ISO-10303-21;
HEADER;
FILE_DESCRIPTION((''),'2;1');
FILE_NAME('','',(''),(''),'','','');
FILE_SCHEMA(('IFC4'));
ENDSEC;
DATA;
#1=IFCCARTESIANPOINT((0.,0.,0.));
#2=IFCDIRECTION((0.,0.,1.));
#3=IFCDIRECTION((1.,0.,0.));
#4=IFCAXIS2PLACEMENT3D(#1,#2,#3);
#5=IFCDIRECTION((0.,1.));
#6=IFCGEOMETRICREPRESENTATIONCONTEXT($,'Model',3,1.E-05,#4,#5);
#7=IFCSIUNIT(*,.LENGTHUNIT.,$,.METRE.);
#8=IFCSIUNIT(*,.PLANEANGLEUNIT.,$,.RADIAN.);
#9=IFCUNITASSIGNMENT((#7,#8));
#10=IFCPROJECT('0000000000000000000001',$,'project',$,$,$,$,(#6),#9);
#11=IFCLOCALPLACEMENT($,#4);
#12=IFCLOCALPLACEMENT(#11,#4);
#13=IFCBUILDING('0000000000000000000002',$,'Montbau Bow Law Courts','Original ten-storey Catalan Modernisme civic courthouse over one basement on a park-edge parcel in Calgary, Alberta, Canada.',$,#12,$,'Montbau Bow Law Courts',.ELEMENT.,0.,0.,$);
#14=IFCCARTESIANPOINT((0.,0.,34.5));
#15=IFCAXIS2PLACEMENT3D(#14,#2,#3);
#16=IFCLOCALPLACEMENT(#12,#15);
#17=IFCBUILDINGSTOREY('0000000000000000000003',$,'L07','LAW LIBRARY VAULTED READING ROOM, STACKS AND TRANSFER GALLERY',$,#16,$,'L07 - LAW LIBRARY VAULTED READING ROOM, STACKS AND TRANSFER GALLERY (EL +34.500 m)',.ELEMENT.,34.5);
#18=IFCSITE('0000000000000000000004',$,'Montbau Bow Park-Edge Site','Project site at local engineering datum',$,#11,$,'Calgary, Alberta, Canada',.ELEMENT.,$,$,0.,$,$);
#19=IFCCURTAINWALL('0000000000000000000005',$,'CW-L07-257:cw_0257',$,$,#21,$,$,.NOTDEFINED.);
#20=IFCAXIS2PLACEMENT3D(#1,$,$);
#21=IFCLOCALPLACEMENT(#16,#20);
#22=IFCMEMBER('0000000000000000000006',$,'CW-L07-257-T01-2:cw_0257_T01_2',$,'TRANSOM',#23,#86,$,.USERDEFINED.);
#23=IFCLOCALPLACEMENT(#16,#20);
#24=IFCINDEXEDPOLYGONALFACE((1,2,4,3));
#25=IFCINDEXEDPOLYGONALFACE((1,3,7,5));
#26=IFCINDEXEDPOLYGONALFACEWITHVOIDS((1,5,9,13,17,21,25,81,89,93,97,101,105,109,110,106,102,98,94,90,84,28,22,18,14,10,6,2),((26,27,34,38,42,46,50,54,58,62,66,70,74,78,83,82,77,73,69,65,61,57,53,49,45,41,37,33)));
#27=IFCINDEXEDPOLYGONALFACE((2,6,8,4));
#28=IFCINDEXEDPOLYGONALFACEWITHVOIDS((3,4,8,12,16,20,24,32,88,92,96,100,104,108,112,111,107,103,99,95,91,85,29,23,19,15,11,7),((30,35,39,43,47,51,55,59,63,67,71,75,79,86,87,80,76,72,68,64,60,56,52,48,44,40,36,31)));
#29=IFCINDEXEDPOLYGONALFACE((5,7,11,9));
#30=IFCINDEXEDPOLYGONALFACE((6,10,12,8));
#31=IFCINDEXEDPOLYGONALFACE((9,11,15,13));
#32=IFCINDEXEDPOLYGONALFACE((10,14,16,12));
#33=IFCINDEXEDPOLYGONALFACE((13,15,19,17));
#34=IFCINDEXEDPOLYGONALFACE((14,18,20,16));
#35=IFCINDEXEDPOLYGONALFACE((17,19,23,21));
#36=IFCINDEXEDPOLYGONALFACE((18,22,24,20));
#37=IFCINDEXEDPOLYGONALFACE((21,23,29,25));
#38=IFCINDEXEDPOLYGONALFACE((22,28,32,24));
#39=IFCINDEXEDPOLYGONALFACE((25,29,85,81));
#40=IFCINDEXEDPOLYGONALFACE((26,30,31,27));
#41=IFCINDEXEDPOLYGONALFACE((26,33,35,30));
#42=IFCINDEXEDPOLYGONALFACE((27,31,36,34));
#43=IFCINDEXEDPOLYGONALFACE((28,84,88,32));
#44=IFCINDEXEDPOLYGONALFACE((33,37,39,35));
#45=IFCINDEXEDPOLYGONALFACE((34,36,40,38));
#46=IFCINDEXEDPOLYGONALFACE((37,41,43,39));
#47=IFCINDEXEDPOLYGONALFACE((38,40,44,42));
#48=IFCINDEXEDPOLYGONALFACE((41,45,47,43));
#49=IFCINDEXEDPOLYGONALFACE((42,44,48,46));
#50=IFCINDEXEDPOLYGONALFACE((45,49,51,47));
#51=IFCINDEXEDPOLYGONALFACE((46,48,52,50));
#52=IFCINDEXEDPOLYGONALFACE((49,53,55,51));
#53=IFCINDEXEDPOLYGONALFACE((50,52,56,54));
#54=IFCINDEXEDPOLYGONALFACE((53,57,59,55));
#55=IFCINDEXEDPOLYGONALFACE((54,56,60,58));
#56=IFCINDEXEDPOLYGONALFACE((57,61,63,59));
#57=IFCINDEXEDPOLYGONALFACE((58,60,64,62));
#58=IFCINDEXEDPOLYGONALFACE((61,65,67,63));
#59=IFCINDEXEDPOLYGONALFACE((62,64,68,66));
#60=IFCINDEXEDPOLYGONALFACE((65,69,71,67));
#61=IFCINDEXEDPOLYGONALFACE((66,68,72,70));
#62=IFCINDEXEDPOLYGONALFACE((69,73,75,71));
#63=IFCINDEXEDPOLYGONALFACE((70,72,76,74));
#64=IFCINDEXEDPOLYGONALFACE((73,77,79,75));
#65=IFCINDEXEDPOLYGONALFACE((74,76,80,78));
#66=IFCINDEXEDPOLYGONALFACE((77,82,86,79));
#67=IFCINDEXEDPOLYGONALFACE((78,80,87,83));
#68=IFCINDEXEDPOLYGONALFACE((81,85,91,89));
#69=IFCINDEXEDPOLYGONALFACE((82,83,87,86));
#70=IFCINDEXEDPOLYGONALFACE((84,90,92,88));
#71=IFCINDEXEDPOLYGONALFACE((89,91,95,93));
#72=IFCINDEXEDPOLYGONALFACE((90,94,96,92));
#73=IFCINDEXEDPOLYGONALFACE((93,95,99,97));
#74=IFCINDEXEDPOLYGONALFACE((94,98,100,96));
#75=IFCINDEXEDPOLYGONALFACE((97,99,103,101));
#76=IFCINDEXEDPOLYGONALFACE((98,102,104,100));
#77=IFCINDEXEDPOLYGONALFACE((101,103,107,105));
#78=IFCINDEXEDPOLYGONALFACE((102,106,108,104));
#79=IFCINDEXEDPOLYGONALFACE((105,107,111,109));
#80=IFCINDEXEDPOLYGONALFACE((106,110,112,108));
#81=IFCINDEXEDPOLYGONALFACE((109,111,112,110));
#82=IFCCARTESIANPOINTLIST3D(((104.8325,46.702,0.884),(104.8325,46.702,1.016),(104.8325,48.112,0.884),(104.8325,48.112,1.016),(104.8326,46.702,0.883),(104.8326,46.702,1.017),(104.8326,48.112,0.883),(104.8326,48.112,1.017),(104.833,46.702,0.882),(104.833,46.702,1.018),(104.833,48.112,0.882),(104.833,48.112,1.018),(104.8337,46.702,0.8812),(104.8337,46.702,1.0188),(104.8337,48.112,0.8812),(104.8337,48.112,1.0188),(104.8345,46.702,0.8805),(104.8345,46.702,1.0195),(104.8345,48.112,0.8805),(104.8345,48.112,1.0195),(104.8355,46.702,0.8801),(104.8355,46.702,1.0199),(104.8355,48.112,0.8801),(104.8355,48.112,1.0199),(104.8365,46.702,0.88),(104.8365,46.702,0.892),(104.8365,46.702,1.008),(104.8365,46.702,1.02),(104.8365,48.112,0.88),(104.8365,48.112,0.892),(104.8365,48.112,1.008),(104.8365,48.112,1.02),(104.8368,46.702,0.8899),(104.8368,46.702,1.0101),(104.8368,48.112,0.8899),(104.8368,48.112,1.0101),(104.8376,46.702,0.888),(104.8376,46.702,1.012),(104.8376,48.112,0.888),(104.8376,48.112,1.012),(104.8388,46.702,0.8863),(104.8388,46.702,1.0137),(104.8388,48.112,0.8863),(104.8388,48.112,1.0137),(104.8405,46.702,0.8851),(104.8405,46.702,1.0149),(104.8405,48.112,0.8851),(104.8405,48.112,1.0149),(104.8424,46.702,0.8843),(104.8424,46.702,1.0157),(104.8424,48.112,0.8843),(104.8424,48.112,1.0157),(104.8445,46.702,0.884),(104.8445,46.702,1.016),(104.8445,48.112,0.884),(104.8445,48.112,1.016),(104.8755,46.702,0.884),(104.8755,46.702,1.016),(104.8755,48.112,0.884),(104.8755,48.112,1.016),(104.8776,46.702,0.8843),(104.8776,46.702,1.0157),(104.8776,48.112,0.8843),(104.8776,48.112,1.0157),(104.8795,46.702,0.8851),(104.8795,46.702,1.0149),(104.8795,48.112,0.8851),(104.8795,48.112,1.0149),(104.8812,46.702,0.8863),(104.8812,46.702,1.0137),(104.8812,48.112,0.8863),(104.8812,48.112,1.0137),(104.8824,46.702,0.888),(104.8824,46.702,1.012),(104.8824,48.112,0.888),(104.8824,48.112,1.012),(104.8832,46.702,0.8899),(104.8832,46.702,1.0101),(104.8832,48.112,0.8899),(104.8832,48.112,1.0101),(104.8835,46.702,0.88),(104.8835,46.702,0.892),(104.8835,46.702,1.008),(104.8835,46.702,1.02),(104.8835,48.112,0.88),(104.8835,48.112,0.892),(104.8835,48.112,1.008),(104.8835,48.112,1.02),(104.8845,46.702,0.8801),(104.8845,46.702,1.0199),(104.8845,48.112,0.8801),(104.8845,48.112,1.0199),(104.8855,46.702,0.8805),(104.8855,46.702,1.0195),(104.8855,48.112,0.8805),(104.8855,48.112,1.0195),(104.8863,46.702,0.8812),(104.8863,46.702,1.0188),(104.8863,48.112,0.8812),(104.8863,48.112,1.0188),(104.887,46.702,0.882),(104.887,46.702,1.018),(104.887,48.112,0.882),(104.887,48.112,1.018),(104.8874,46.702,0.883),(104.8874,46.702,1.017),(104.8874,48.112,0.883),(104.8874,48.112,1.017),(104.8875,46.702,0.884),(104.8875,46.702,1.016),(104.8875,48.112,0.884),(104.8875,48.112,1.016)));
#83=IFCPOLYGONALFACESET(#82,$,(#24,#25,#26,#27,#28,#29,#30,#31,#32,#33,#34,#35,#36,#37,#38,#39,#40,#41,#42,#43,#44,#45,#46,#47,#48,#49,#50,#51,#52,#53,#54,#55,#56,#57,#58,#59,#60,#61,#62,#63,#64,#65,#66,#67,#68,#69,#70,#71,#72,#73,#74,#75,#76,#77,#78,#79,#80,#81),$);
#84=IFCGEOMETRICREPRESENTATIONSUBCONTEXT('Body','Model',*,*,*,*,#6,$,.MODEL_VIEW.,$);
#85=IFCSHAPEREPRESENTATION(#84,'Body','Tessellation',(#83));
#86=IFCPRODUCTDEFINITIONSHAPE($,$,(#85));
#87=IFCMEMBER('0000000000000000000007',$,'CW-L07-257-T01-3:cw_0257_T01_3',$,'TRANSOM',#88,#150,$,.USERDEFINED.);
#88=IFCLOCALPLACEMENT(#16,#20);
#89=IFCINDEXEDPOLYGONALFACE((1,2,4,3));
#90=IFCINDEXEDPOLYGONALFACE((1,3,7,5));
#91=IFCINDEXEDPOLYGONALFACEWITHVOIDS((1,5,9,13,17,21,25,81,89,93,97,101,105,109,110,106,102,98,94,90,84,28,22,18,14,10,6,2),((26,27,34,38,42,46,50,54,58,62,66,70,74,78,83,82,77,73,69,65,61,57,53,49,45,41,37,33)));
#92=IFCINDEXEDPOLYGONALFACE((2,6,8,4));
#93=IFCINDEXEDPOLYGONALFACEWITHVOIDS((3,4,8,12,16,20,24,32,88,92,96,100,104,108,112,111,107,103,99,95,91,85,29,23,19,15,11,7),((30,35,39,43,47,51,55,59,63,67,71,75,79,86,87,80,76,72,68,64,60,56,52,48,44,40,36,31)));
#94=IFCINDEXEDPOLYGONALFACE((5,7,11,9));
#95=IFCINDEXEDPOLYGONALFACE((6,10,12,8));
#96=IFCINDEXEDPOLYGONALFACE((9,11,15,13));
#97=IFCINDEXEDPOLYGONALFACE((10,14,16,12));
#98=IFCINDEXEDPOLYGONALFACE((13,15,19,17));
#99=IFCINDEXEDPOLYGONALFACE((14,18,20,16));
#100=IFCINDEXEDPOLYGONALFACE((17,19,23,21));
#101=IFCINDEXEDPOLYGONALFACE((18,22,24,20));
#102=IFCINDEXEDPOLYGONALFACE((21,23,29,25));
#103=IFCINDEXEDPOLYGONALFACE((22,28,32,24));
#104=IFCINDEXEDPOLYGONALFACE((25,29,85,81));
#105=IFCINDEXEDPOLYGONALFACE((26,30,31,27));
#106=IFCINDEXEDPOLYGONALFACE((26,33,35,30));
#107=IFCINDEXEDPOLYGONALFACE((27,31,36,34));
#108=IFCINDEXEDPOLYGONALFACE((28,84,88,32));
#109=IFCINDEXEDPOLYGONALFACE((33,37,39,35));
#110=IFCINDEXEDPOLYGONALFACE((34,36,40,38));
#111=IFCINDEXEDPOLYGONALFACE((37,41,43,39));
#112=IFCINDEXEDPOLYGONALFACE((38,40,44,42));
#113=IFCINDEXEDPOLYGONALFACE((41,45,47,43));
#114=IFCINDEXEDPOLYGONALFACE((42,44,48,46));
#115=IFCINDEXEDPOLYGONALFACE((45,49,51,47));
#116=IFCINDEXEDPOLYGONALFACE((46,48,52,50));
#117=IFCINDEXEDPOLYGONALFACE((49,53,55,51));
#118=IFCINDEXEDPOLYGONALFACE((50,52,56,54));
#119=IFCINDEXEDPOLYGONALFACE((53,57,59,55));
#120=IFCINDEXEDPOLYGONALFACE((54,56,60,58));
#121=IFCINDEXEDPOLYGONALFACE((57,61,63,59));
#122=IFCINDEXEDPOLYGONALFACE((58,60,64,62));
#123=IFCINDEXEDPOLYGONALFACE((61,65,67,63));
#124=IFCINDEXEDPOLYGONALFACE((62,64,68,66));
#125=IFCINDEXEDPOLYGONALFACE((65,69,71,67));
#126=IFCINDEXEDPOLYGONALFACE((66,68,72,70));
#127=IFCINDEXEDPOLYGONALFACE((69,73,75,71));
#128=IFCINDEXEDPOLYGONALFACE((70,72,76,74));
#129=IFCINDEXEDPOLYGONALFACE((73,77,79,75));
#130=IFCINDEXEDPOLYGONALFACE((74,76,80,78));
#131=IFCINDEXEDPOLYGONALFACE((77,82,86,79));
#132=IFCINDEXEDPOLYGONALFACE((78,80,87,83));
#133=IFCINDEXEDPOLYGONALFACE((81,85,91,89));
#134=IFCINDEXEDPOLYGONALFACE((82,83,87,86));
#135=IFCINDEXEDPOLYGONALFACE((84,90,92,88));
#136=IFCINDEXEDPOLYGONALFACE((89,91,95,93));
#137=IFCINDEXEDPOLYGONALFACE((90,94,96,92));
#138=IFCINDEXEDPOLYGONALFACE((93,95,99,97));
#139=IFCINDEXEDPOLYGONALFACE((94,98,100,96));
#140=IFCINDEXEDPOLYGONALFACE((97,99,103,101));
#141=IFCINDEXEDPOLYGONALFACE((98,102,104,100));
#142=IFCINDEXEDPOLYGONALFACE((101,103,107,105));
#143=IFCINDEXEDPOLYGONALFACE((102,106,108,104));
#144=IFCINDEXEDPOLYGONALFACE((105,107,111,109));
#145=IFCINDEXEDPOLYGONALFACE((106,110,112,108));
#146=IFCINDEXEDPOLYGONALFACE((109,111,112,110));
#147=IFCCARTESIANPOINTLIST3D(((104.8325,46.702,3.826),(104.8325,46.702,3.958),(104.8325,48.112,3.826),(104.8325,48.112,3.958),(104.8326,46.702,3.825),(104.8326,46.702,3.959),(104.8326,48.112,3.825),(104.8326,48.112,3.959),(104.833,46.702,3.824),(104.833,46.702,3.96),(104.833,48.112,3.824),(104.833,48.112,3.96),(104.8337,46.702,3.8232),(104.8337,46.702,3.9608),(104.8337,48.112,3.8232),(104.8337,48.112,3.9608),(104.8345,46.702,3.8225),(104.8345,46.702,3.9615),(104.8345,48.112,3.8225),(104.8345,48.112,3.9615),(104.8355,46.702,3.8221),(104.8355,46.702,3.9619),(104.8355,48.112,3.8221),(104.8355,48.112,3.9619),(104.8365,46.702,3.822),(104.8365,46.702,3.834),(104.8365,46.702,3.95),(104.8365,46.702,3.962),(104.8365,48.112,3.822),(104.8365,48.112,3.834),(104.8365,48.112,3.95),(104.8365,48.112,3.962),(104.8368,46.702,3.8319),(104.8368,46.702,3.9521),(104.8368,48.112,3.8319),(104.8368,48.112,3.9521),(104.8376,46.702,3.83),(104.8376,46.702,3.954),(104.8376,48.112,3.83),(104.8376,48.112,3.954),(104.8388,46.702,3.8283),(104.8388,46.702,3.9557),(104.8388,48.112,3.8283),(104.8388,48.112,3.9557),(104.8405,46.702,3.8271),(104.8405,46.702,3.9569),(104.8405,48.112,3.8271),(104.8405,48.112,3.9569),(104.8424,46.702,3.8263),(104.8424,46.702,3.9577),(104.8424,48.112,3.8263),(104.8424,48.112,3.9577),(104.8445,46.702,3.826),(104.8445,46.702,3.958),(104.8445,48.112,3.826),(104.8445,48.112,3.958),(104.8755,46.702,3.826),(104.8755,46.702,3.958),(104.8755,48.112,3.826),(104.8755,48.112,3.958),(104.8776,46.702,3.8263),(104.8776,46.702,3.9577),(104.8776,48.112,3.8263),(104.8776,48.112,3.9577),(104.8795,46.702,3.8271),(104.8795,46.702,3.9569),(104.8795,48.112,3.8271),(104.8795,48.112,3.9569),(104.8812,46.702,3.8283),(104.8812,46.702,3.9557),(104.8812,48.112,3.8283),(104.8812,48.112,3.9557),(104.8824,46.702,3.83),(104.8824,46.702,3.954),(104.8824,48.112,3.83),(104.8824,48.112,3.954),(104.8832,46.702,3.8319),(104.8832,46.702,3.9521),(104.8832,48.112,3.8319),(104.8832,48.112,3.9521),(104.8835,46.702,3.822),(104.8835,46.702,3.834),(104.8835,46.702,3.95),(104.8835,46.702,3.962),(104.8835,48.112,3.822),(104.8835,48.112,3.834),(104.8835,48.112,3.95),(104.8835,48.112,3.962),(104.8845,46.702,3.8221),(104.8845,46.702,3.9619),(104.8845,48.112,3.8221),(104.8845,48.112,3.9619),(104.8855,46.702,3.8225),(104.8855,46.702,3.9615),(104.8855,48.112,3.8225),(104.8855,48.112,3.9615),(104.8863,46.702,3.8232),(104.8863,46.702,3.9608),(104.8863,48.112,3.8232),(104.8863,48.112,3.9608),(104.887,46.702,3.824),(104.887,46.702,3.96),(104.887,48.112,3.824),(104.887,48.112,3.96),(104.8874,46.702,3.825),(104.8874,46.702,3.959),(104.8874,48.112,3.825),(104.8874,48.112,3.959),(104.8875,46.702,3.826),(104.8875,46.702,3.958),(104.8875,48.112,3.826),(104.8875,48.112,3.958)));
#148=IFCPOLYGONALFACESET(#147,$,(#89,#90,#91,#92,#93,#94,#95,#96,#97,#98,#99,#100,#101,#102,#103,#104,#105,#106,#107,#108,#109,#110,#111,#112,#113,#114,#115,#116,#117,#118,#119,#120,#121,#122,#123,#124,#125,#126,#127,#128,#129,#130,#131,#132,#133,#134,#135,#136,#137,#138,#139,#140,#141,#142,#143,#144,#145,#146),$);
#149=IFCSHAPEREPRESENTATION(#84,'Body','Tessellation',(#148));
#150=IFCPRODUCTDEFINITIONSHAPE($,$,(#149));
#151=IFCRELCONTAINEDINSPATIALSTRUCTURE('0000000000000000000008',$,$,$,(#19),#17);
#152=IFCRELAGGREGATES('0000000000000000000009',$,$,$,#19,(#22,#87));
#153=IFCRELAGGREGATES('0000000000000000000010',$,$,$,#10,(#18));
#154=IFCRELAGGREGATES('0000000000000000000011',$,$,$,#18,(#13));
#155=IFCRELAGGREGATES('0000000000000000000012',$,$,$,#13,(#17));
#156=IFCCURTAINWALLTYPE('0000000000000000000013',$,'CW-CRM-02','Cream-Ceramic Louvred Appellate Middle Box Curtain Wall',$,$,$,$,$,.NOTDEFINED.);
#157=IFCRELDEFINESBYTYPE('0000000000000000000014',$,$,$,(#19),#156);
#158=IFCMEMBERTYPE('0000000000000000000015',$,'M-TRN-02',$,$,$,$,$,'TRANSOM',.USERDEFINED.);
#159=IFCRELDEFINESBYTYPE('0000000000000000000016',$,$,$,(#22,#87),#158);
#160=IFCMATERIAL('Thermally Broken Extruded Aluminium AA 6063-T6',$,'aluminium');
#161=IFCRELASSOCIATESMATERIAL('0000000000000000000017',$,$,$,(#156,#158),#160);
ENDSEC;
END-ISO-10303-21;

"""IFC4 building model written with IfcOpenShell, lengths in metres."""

from ifc_helpers import new_model, si_unit, direction, frame, origin_with_axes, origin_2d_with_axis, place, context, subcontext, project, spatial, hollow_rectangle, extrude, material, material_profile, profile_set, type_object, element, aggregate, save


model = new_model("IFC4")

# Units and contexts
model_context = context("Model", 3, precision=1e-05, world=origin_with_axes(), true_north=direction((0.0, 1.0)))
body_context = subcontext(model_context, "Body", "Model", "MODEL_VIEW")
ifc_project = project(units=[si_unit("LENGTHUNIT", "METRE"), si_unit("PLANEANGLEUNIT", "RADIAN")], contexts=[model_context])

# Site, building, storey
site_placement = place(None, origin_with_axes())
site = spatial("IfcSite", under=ifc_project, at=site_placement, Name="Montbau Bow Park-Edge Site", Description="Project site at local engineering datum", LongName="Calgary, Alberta, Canada", CompositionType="ELEMENT", RefElevation=0.0)
building_placement = place(site_placement, origin_with_axes())
building = spatial("IfcBuilding", under=site, at=building_placement, Name="Montbau Bow Law Courts", Description="Original ten-storey Catalan Modernisme civic courthouse over one basement on a park-edge parcel in Calgary, Alberta, Canada.", LongName="Montbau Bow Law Courts", CompositionType="ELEMENT", ElevationOfRefHeight=0.0, ElevationOfTerrain=0.0)
storey_placement = place(building_placement, frame((0.0, 0.0, 34.5), z_axis=(0.0, 0.0, 1.0), x_axis=(1.0, 0.0, 0.0)))
storey = spatial("IfcBuildingStorey", under=building, at=storey_placement, Name="L07", Description="LAW LIBRARY VAULTED READING ROOM, STACKS AND TRANSFER GALLERY", LongName="L07 - LAW LIBRARY VAULTED READING ROOM, STACKS AND TRANSFER GALLERY (EL +34.500 m)", CompositionType="ELEMENT", Elevation=34.5)

# Curtain wall
ifc_material_1 = material(Name="Thermally Broken Extruded Aluminium AA 6063-T6", Category="aluminium")
curtain_wall_type = type_object("IfcCurtainWallType", Name="CW-CRM-02", Description="Cream-Ceramic Louvred Appellate Middle Box Curtain Wall", PredefinedType="NOTDEFINED", material=ifc_material_1)
curtain_wall_1_placement = place(None, frame((104.86, 46.64, 34.5), z_axis=(0.0, 0.0, 1.0), x_axis=(1.0, 0.0, 0.0)))
curtain_wall_1 = element("IfcCurtainWall", 1, at=curtain_wall_1_placement, inside=storey, type_object=curtain_wall_type, Name="CW-L07-257:cw_0257", PredefinedType="NOTDEFINED")

# Members
ifc_material_profile_1 = material_profile(ifc_material_1, hollow_rectangle(XDim=0.055, YDim=0.14, WallThickness=0.004, InnerFilletRadius=0.008, OuterFilletRadius=0.004, at=origin_2d_with_axis()), Name="CWT-140X55", Category="Main", Priority=0)
ifc_profile_set_1 = profile_set([ifc_material_profile_1], Name="Thermally Broken Extruded Aluminium AA 6063-T6")
member_type_1 = type_object("IfcMemberType", Name="M-TRN-02", ElementType="TRANSOM", PredefinedType="USERDEFINED", material=ifc_profile_set_1)
member_1_placement = place(None, frame((104.86, 46.702, 35.45), z_axis=(0.0, 1.0, 0.0), x_axis=(-1.0, 0.0, 0.0)))
member_1 = element("IfcMember", 2, at=member_1_placement, type_object=member_type_1, Name="CW-L07-257-T01-2:cw_0257_T01_2", ObjectType="TRANSOM", PredefinedType="USERDEFINED", context=body_context, shape_type="SweptSolid", body=[
    extrude(hollow_rectangle(XDim=0.055, YDim=0.14, WallThickness=0.004, InnerFilletRadius=0.008, OuterFilletRadius=0.004, at=origin_2d_with_axis()), origin_with_axes(), (0.0, 0.0, 1.0), 1.41),
])
member_2_placement = place(None, frame((104.86, 46.702, 38.392), z_axis=(0.0, 1.0, 0.0), x_axis=(-1.0, 0.0, 0.0)))
member_2 = element("IfcMember", 3, at=member_2_placement, type_object=member_type_1, Name="CW-L07-257-T01-3:cw_0257_T01_3", ObjectType="TRANSOM", PredefinedType="USERDEFINED", context=body_context, shape_type="SweptSolid", body=[
    extrude(hollow_rectangle(XDim=0.055, YDim=0.14, WallThickness=0.004, InnerFilletRadius=0.008, OuterFilletRadius=0.004, at=origin_2d_with_axis()), origin_with_axes(), (0.0, 0.0, 1.0), 1.41),
])

aggregate(curtain_wall_1, [member_1, member_2])

save(model, "model.ifc")
